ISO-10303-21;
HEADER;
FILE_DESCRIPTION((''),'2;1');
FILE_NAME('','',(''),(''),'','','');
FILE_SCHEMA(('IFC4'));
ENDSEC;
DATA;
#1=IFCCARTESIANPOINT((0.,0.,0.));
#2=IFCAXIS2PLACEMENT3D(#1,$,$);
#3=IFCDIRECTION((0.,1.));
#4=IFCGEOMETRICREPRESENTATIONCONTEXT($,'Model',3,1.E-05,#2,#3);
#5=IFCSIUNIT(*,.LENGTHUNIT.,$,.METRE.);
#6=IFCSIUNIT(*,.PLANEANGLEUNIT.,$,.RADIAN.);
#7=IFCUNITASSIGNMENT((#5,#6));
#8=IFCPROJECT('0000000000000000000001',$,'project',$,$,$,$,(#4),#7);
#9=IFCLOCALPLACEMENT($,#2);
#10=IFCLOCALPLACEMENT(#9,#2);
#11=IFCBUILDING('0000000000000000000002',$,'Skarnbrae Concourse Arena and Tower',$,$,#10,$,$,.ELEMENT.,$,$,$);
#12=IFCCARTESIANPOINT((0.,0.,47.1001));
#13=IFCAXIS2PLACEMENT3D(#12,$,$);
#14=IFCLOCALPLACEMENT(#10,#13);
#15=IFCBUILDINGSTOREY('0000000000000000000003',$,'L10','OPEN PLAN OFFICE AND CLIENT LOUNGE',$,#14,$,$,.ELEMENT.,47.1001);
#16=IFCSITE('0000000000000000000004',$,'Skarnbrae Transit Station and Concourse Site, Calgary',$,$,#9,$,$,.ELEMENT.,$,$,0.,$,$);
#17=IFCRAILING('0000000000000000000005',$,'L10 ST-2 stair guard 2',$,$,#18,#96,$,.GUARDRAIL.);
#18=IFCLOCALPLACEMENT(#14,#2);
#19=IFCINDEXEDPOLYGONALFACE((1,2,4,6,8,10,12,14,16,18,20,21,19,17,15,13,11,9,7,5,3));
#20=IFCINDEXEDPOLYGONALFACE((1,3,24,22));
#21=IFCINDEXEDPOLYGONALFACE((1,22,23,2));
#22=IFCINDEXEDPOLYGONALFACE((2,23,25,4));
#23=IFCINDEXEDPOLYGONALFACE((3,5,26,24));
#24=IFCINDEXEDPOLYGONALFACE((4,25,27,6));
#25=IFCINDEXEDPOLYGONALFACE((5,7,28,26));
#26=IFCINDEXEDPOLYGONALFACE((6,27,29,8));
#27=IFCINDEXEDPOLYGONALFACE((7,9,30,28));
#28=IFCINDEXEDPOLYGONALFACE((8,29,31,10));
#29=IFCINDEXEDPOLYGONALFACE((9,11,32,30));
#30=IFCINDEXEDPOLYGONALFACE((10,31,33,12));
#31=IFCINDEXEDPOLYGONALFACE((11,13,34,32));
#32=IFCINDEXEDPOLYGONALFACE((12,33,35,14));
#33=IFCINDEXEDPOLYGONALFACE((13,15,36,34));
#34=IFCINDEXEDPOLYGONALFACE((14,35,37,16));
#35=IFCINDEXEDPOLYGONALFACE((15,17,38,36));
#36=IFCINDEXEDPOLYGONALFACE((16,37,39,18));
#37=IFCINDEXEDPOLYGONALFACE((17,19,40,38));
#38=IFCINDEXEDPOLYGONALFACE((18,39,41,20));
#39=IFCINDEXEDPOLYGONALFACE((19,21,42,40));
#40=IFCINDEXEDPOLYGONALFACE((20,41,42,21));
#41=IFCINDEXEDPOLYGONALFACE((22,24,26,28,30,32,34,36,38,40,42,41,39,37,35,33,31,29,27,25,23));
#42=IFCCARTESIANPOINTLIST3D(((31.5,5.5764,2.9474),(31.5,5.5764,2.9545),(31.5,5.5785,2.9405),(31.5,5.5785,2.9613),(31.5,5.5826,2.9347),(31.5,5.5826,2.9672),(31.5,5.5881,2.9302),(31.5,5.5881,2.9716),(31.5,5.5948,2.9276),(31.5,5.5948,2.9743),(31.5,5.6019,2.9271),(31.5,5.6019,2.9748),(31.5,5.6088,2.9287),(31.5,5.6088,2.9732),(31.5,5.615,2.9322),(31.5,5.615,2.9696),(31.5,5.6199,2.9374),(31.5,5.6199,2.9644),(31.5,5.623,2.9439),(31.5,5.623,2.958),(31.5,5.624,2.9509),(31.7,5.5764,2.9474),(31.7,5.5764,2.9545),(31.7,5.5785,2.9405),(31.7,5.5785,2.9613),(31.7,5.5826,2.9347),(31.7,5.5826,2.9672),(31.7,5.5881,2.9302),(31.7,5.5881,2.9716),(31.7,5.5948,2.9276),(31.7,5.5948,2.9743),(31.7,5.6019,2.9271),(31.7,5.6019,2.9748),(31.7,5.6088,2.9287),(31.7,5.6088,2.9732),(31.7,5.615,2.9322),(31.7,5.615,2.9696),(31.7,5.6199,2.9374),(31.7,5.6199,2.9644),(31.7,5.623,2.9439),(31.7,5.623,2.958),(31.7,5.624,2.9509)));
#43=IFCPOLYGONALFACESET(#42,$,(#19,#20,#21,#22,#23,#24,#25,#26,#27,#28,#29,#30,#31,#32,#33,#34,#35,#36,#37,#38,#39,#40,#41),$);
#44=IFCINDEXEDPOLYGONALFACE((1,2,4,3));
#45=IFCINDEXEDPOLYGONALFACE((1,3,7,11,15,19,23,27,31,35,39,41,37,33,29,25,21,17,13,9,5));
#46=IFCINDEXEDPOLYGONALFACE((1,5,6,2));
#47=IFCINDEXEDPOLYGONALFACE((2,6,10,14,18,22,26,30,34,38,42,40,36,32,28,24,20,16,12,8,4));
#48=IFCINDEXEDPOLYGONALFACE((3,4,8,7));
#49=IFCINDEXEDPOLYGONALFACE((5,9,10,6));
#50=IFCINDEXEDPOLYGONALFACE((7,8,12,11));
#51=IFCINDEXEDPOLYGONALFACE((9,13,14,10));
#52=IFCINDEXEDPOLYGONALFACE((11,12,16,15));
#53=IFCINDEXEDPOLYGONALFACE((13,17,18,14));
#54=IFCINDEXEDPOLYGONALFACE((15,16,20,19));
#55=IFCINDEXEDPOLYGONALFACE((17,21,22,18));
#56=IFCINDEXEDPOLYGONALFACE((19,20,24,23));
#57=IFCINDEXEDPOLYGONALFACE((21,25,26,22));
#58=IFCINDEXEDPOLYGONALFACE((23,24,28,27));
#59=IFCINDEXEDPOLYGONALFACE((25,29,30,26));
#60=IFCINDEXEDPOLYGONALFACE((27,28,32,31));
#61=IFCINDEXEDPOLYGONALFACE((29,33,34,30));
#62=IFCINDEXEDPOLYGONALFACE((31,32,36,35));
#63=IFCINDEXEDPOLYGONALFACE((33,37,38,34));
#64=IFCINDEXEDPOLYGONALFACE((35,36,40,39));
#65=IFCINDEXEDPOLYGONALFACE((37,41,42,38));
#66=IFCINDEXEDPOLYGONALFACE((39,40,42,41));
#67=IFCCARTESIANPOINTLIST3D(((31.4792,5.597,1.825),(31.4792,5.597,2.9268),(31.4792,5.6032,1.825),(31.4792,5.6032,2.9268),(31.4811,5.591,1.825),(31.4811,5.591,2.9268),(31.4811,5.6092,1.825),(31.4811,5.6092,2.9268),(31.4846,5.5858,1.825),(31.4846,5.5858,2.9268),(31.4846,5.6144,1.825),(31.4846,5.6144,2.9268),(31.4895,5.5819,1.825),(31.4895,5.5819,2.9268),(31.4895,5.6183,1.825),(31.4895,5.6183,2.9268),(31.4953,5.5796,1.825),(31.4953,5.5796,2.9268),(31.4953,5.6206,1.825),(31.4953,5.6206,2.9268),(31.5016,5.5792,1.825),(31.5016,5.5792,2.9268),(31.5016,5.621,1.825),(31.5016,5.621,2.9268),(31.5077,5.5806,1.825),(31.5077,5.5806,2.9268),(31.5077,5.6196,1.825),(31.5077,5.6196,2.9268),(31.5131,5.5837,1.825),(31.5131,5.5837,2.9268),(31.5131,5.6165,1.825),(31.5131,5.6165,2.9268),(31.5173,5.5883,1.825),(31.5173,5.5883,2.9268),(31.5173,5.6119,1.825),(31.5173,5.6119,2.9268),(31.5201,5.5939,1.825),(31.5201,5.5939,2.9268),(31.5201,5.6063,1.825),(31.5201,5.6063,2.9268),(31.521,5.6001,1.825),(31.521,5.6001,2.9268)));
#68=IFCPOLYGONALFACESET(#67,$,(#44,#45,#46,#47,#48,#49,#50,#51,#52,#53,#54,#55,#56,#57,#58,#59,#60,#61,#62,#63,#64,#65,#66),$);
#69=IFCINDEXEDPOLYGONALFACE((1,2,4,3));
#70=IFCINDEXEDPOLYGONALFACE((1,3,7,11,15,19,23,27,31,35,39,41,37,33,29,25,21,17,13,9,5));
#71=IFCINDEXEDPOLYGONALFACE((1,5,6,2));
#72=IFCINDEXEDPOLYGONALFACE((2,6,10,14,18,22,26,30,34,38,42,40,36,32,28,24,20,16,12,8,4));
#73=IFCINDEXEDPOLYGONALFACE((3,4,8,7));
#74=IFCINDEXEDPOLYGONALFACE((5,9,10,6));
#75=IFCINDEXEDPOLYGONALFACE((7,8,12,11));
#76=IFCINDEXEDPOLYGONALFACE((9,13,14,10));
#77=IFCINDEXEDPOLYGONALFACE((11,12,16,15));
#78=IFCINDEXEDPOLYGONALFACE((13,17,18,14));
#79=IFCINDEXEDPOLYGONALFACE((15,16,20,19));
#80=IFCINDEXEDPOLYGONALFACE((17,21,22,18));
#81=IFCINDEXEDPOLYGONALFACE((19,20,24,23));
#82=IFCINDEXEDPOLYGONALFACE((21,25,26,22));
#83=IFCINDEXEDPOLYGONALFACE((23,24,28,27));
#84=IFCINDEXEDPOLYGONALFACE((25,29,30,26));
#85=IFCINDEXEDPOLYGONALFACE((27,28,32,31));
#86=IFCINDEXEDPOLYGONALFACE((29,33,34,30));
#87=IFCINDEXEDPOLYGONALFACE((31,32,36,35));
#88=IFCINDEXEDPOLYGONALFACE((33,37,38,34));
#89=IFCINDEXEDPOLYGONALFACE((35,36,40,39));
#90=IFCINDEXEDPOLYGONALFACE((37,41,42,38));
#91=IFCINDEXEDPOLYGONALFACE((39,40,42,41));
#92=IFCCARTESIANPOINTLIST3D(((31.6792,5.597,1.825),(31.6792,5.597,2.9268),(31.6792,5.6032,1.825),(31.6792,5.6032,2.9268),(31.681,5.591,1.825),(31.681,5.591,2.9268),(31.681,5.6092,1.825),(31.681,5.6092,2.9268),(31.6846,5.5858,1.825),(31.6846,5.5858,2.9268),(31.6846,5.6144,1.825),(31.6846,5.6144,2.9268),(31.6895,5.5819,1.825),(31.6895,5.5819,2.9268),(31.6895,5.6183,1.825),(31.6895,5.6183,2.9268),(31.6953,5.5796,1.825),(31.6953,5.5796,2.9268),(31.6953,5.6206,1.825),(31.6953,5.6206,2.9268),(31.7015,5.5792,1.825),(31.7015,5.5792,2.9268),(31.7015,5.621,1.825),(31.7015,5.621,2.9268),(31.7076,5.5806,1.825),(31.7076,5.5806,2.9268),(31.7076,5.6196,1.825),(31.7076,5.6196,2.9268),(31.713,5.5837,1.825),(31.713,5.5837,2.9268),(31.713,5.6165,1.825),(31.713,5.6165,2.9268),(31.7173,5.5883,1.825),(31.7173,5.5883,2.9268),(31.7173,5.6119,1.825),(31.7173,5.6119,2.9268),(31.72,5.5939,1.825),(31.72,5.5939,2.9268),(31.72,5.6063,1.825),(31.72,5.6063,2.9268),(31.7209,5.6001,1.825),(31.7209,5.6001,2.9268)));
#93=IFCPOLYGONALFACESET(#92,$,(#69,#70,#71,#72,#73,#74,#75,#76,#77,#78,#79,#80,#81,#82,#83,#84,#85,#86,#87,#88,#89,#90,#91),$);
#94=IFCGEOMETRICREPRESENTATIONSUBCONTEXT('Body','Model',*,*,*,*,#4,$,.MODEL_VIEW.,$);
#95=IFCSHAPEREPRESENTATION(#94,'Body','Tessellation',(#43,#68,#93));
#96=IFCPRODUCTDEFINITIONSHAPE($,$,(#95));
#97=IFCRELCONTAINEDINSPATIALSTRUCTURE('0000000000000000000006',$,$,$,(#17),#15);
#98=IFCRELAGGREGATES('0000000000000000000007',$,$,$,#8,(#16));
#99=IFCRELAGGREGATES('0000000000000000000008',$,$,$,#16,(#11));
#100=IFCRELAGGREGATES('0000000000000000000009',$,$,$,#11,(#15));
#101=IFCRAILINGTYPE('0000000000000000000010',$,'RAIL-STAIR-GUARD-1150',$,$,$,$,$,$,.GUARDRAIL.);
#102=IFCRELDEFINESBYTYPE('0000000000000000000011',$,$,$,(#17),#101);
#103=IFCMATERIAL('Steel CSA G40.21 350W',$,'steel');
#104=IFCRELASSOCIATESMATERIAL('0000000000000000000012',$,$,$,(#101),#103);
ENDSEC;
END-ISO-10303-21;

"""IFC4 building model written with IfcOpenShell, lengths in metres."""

from ifc_helpers import new_model, si_unit, direction, frame, origin, origin_2d, place, context, subcontext, project, spatial, circle, extrude, material, type_object, element, save


model = new_model("IFC4")

# Units and contexts
model_context = context("Model", 3, precision=1e-05, world=origin(), true_north=direction((0.0, 1.0)))
body_context = subcontext(model_context, "Body", "Model", "MODEL_VIEW")
ifc_project = project(units=[si_unit("LENGTHUNIT", "METRE"), si_unit("PLANEANGLEUNIT", "RADIAN")], contexts=[model_context])

# Site, building, storey
site_placement = place(None, origin())
site = spatial("IfcSite", under=ifc_project, at=site_placement, Name="Skarnbrae Transit Station and Concourse Site, Calgary", CompositionType="ELEMENT", RefElevation=0.0)
building_placement = place(site_placement, origin())
building = spatial("IfcBuilding", under=site, at=building_placement, Name="Skarnbrae Concourse Arena and Tower", CompositionType="ELEMENT")
storey_placement = place(building_placement, frame((0.0, 0.0, 47.1001)))
storey = spatial("IfcBuildingStorey", under=building, at=storey_placement, Name="L10", Description="OPEN PLAN OFFICE AND CLIENT LOUNGE", CompositionType="ELEMENT", Elevation=47.1001)

# Shared definitions
ifc_material_1 = material(Name="Steel CSA G40.21 350W", Category="steel")

# Railing
railing_type_1 = type_object("IfcRailingType", Name="RAIL-STAIR-GUARD-1150", PredefinedType="GUARDRAIL", material=ifc_material_1)
railing_1_placement = place(storey_placement, frame((31.5, 5.6001, 1.825)))
element("IfcRailing", 1, at=railing_1_placement, inside=storey, type_object=railing_type_1, Name="L10 ST-2 stair guard 2", PredefinedType="GUARDRAIL", context=body_context, shape_type="SweptSolid", body=[
    extrude(circle(Radius=0.0239, at=origin_2d()), frame((0.0, 0.0, 1.126), z_axis=(1.0, 0.0, 0.0), x_axis=(0.0, 1.0, 0.0)), (0.0, 0.0, 1.0), 0.2),
    extrude(circle(Radius=0.021, at=origin_2d()), origin(), (0.0, 0.0, 1.0), 1.1018),
    extrude(circle(Radius=0.021, at=origin_2d()), frame((0.2, 0.0, 0.0)), (0.0, 0.0, 1.0), 1.1018),
])

save(model, "model.ifc")
